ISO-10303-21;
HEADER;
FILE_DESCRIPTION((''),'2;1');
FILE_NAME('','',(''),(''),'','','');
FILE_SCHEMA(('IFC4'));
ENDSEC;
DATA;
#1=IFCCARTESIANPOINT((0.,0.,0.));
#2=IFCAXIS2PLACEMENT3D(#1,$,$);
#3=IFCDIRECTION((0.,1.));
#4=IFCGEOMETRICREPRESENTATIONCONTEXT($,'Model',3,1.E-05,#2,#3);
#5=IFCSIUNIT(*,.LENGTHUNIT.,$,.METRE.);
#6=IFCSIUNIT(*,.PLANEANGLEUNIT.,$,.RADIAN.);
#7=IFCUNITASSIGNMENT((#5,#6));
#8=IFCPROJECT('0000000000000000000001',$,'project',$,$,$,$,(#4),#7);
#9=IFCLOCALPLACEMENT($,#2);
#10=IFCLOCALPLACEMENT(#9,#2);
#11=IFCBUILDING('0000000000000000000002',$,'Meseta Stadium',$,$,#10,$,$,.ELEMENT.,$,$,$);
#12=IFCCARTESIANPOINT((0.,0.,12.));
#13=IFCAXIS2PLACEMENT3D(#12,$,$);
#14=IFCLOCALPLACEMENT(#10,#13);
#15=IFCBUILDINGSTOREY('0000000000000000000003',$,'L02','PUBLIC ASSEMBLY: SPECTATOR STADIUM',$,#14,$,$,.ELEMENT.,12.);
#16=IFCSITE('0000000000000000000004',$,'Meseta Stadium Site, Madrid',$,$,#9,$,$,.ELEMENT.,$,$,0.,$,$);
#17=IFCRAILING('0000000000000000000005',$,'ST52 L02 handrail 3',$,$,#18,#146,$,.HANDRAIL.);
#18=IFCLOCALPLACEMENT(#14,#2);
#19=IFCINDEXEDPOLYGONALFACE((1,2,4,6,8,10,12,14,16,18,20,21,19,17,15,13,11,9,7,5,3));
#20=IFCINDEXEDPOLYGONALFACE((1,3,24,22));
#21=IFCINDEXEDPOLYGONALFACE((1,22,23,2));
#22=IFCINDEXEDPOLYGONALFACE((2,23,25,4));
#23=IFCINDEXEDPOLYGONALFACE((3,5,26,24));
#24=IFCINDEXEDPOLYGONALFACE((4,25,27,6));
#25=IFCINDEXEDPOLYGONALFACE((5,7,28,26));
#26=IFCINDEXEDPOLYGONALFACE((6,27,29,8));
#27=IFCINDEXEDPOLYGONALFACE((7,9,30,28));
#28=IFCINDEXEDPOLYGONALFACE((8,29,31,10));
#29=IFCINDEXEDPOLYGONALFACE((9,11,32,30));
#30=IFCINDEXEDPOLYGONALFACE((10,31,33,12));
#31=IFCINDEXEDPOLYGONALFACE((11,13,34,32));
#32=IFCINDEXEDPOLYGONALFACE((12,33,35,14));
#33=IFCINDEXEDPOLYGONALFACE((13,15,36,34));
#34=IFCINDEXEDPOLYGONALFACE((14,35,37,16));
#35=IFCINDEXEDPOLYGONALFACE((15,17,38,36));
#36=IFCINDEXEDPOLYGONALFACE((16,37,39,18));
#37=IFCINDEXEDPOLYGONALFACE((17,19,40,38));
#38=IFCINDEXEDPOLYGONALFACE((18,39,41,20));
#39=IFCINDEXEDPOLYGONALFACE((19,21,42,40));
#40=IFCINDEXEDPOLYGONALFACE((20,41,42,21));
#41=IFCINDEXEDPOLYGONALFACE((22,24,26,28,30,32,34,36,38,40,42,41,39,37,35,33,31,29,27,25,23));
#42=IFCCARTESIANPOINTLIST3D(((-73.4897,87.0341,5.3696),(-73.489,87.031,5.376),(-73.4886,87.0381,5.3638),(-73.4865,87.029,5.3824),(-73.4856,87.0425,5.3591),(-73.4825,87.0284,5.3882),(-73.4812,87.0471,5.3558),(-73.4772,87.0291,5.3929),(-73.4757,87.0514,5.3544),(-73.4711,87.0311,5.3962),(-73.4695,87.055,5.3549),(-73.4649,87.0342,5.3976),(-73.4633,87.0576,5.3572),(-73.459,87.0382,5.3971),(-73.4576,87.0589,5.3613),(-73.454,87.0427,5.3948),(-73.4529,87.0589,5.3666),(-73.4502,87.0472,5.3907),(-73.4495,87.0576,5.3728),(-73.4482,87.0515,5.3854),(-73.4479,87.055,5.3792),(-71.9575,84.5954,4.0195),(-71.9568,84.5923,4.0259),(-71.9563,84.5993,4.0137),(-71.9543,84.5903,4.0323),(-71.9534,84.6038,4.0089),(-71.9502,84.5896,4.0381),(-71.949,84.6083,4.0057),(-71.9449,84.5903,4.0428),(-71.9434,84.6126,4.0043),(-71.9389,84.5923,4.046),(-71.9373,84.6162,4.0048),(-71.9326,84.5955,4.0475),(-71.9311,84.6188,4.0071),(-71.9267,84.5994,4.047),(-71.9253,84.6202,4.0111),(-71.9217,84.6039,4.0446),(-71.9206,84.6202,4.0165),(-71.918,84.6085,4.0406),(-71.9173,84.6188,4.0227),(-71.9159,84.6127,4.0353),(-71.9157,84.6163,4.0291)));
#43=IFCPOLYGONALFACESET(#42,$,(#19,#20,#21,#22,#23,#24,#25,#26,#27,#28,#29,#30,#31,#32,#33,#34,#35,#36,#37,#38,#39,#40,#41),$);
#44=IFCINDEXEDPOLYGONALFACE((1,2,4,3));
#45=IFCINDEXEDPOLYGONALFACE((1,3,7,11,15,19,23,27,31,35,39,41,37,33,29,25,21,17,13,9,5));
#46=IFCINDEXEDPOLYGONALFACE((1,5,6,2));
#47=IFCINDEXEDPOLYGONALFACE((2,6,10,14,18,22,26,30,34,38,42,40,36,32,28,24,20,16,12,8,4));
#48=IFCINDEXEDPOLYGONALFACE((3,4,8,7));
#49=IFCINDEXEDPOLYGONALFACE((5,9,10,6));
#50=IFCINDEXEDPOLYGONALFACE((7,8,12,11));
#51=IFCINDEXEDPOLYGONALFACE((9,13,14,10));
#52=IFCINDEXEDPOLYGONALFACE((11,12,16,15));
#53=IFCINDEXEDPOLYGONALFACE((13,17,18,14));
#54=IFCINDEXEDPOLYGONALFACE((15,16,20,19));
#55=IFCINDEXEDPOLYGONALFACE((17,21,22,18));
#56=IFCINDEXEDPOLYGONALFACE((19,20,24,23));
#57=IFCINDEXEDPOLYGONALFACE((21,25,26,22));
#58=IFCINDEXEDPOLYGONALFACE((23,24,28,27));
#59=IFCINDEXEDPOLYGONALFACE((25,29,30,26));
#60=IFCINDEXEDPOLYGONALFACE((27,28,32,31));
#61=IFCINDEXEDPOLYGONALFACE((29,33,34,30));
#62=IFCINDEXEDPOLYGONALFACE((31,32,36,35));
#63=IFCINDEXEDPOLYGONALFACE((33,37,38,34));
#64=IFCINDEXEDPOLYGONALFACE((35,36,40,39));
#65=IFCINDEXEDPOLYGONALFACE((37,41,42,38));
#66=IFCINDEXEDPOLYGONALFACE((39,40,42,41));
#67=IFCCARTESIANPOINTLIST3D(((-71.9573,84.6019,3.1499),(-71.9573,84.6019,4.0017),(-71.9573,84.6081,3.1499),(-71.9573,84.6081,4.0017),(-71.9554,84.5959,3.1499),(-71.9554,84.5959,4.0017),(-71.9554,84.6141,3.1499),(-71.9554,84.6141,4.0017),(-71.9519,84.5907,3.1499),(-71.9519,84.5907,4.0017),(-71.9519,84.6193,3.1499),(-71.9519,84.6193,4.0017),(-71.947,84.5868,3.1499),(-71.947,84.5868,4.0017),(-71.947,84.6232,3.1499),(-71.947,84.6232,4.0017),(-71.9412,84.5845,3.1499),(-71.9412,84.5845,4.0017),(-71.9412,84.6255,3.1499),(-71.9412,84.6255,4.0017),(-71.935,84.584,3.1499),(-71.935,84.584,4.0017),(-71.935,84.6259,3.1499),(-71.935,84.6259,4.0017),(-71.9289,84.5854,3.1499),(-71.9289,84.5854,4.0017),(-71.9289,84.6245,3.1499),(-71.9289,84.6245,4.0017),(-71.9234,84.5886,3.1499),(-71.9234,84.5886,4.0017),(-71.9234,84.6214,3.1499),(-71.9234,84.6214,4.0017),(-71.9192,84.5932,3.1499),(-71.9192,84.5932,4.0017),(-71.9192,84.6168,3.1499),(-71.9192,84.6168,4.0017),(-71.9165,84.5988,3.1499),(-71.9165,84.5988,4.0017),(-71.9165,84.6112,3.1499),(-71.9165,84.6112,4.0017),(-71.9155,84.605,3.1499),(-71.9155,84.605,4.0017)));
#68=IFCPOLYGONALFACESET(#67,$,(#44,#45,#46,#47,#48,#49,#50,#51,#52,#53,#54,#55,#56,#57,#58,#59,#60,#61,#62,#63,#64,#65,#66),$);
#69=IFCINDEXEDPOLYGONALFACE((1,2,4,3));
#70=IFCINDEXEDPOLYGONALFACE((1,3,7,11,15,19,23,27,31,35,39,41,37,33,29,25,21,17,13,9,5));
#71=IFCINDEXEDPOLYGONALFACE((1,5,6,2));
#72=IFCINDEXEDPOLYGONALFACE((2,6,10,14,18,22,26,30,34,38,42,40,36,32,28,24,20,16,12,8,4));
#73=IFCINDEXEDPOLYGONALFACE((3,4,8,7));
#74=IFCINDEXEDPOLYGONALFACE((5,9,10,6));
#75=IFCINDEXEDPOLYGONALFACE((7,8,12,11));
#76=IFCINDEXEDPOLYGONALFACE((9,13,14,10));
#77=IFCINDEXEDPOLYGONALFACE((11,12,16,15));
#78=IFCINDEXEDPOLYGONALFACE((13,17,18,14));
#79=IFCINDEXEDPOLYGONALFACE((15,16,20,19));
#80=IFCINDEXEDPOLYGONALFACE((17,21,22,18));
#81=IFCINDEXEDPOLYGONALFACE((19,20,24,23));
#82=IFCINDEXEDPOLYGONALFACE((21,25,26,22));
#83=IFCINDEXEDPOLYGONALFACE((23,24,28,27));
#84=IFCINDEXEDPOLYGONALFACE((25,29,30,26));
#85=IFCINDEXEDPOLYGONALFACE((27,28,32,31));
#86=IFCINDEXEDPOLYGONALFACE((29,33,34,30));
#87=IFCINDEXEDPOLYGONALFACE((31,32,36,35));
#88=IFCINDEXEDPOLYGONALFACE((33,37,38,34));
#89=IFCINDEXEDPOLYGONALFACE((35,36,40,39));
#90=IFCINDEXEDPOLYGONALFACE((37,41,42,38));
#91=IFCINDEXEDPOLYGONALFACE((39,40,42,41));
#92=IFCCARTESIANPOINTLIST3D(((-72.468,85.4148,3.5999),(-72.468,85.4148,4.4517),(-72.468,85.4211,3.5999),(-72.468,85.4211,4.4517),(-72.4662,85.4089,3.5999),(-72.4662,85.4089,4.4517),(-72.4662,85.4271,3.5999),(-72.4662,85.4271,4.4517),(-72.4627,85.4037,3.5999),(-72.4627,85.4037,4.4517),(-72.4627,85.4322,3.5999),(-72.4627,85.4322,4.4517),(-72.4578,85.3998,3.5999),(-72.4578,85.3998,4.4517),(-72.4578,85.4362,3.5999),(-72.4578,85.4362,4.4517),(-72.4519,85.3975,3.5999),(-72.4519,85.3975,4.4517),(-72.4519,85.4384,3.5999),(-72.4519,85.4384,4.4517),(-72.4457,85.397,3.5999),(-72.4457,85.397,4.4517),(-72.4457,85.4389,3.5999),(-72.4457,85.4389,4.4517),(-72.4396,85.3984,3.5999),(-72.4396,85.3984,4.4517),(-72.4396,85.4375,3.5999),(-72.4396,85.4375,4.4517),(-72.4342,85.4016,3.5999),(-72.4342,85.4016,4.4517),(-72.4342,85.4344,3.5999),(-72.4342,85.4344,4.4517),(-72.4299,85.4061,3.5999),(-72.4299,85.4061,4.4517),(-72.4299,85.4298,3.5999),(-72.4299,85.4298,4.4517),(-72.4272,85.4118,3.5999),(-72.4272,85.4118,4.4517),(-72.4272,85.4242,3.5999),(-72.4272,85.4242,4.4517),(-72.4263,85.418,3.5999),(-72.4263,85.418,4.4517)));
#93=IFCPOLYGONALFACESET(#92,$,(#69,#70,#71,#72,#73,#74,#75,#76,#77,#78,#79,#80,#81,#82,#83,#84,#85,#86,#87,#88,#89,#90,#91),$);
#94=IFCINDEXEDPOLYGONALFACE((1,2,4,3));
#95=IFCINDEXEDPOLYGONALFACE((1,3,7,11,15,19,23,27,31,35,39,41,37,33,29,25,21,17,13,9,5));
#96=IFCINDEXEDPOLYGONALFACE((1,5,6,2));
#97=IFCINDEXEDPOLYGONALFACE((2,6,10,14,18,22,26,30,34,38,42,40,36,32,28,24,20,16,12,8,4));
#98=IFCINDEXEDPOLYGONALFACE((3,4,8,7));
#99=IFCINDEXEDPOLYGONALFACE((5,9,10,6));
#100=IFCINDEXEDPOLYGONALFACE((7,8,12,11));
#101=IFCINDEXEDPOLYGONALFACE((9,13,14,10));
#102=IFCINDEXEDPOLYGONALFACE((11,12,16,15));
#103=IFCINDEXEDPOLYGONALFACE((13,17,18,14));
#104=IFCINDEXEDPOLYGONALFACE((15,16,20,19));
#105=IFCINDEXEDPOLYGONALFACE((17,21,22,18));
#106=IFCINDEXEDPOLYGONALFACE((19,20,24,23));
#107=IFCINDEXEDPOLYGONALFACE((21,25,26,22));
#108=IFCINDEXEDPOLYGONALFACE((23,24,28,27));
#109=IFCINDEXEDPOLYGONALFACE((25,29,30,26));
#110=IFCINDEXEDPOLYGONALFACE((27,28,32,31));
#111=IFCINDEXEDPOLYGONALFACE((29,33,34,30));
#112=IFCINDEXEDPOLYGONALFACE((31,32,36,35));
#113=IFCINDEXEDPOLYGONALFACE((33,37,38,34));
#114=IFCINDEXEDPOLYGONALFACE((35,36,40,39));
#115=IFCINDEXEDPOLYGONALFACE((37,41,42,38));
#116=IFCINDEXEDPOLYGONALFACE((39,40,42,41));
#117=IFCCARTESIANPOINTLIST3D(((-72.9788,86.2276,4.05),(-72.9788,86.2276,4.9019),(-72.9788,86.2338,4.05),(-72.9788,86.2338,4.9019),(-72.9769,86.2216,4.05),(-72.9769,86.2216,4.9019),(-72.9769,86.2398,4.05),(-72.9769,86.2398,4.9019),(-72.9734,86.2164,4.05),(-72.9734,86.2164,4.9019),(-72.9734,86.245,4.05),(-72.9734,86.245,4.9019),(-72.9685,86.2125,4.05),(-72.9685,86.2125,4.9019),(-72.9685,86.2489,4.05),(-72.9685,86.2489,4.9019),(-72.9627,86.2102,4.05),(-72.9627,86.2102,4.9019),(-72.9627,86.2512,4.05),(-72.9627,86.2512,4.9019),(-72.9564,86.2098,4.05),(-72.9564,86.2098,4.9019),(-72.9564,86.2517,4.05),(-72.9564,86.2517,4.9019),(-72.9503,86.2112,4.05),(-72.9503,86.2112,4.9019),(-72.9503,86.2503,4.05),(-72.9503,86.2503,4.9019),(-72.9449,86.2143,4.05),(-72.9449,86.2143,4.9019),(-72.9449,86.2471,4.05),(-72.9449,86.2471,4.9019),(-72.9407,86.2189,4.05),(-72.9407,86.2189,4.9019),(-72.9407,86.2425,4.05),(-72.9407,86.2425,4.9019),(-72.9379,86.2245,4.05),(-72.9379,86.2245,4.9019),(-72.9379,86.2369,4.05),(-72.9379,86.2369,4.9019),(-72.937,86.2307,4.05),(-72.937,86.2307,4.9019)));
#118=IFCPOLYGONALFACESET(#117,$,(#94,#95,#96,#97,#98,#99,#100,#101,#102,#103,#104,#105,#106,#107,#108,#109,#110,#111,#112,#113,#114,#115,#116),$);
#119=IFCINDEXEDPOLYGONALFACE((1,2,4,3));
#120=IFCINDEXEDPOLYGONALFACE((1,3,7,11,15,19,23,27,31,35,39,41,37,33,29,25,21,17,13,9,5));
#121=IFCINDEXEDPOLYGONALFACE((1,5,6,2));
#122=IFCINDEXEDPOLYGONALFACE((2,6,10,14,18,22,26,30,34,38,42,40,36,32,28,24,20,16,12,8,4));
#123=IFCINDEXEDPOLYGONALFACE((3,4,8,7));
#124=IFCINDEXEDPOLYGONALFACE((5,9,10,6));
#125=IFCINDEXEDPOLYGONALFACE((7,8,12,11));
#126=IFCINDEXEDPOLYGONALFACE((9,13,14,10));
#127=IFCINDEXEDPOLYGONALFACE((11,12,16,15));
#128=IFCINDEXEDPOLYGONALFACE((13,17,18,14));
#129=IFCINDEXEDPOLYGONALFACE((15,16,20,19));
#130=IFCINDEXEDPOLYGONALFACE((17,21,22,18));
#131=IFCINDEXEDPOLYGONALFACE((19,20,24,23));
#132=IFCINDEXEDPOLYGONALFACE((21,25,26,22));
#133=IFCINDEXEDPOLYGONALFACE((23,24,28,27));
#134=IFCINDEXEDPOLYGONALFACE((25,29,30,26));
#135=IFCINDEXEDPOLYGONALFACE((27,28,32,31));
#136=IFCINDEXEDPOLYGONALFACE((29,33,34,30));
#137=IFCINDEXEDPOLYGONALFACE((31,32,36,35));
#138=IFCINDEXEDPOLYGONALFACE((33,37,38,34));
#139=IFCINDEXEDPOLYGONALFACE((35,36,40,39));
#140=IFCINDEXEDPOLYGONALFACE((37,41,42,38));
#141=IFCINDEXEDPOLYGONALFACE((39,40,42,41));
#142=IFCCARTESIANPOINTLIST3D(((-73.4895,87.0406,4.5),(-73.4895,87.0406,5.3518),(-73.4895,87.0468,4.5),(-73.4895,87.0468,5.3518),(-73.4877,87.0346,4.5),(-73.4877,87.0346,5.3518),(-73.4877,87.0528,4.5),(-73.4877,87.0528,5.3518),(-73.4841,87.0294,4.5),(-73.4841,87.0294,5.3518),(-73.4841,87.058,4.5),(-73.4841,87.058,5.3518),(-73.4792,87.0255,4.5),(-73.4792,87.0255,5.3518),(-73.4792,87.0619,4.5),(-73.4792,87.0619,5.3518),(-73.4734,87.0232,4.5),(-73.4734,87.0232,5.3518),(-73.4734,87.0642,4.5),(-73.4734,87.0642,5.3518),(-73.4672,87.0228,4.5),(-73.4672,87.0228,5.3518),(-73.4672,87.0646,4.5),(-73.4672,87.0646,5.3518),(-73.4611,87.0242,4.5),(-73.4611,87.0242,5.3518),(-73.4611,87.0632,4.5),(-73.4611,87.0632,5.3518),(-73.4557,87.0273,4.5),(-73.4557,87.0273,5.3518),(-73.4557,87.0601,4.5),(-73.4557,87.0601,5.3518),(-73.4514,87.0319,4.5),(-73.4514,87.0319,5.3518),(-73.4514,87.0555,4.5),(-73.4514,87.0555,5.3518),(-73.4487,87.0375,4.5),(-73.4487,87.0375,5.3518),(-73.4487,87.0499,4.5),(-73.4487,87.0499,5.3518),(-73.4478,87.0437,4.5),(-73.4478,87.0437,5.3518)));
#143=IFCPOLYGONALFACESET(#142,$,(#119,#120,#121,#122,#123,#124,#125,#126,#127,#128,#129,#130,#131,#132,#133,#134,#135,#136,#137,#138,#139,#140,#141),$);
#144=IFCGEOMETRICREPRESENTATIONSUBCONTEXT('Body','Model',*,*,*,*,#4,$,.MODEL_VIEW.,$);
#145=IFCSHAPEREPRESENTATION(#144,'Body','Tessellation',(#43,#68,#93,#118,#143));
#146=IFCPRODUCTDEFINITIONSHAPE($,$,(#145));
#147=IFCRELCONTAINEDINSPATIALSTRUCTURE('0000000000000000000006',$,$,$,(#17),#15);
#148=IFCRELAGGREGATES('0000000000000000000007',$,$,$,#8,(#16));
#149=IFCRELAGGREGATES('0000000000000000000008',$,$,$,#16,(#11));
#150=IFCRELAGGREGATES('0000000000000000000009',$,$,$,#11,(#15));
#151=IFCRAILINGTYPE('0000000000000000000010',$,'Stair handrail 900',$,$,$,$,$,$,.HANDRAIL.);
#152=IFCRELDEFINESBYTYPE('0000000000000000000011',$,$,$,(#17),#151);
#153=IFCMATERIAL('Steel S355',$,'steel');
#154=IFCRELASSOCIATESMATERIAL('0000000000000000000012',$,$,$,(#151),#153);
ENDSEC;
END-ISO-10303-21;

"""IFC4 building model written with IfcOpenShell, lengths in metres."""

from ifc_helpers import new_model, si_unit, direction, frame, origin, origin_2d, place, context, subcontext, project, spatial, circle, extrude, material, type_object, element, save


model = new_model("IFC4")

# Units and contexts
model_context = context("Model", 3, precision=1e-05, world=origin(), true_north=direction((0.0, 1.0)))
body_context = subcontext(model_context, "Body", "Model", "MODEL_VIEW")
ifc_project = project(units=[si_unit("LENGTHUNIT", "METRE"), si_unit("PLANEANGLEUNIT", "RADIAN")], contexts=[model_context])

# Site, building, storey
site_placement = place(None, origin())
site = spatial("IfcSite", under=ifc_project, at=site_placement, Name="Meseta Stadium Site, Madrid", CompositionType="ELEMENT", RefElevation=0.0)
building_placement = place(site_placement, origin())
building = spatial("IfcBuilding", under=site, at=building_placement, Name="Meseta Stadium", CompositionType="ELEMENT")
storey_placement = place(building_placement, frame((0.0, 0.0, 12.0)))
storey = spatial("IfcBuildingStorey", under=building, at=storey_placement, Name="L02", Description="PUBLIC ASSEMBLY: SPECTATOR STADIUM", CompositionType="ELEMENT", Elevation=12.0)

# Railing
ifc_material_1 = material(Name="Steel S355", Category="steel")
railing_type_1 = type_object("IfcRailingType", Name="Stair handrail 900", PredefinedType="HANDRAIL", material=ifc_material_1)
for number, where, name in (
    (1, (-71.9365, 84.605, 3.1499), "ST52 L02 handrail 3"),
):
    element("IfcRailing", number, at=place(storey_placement, frame(where)), inside=storey, type_object=railing_type_1, Name=name, PredefinedType="HANDRAIL", context=body_context, shape_type="SweptSolid", body=[
        extrude(circle(Radius=0.0239, at=origin_2d()), frame((0.0, 0.0, 0.876), z_axis=(-0.481703, 0.766687, 0.424445), x_axis=(-0.846743, -0.532001, 0.0)), (0.0, 0.0, 1.0), 3.1809),
        extrude(circle(Radius=0.021, at=origin_2d()), origin(), (0.0, 0.0, 1.0), 0.8518),
        extrude(circle(Radius=0.021, at=origin_2d()), frame((-0.5107, 0.813, 0.45)), (0.0, 0.0, 1.0), 0.8518),
        extrude(circle(Radius=0.021, at=origin_2d()), frame((-1.0215, 1.6257, 0.9001)), (0.0, 0.0, 1.0), 0.8518),
        extrude(circle(Radius=0.021, at=origin_2d()), frame((-1.5322, 2.4387, 1.3501)), (0.0, 0.0, 1.0), 0.8518),
    ])

save(model, "model.ifc")
